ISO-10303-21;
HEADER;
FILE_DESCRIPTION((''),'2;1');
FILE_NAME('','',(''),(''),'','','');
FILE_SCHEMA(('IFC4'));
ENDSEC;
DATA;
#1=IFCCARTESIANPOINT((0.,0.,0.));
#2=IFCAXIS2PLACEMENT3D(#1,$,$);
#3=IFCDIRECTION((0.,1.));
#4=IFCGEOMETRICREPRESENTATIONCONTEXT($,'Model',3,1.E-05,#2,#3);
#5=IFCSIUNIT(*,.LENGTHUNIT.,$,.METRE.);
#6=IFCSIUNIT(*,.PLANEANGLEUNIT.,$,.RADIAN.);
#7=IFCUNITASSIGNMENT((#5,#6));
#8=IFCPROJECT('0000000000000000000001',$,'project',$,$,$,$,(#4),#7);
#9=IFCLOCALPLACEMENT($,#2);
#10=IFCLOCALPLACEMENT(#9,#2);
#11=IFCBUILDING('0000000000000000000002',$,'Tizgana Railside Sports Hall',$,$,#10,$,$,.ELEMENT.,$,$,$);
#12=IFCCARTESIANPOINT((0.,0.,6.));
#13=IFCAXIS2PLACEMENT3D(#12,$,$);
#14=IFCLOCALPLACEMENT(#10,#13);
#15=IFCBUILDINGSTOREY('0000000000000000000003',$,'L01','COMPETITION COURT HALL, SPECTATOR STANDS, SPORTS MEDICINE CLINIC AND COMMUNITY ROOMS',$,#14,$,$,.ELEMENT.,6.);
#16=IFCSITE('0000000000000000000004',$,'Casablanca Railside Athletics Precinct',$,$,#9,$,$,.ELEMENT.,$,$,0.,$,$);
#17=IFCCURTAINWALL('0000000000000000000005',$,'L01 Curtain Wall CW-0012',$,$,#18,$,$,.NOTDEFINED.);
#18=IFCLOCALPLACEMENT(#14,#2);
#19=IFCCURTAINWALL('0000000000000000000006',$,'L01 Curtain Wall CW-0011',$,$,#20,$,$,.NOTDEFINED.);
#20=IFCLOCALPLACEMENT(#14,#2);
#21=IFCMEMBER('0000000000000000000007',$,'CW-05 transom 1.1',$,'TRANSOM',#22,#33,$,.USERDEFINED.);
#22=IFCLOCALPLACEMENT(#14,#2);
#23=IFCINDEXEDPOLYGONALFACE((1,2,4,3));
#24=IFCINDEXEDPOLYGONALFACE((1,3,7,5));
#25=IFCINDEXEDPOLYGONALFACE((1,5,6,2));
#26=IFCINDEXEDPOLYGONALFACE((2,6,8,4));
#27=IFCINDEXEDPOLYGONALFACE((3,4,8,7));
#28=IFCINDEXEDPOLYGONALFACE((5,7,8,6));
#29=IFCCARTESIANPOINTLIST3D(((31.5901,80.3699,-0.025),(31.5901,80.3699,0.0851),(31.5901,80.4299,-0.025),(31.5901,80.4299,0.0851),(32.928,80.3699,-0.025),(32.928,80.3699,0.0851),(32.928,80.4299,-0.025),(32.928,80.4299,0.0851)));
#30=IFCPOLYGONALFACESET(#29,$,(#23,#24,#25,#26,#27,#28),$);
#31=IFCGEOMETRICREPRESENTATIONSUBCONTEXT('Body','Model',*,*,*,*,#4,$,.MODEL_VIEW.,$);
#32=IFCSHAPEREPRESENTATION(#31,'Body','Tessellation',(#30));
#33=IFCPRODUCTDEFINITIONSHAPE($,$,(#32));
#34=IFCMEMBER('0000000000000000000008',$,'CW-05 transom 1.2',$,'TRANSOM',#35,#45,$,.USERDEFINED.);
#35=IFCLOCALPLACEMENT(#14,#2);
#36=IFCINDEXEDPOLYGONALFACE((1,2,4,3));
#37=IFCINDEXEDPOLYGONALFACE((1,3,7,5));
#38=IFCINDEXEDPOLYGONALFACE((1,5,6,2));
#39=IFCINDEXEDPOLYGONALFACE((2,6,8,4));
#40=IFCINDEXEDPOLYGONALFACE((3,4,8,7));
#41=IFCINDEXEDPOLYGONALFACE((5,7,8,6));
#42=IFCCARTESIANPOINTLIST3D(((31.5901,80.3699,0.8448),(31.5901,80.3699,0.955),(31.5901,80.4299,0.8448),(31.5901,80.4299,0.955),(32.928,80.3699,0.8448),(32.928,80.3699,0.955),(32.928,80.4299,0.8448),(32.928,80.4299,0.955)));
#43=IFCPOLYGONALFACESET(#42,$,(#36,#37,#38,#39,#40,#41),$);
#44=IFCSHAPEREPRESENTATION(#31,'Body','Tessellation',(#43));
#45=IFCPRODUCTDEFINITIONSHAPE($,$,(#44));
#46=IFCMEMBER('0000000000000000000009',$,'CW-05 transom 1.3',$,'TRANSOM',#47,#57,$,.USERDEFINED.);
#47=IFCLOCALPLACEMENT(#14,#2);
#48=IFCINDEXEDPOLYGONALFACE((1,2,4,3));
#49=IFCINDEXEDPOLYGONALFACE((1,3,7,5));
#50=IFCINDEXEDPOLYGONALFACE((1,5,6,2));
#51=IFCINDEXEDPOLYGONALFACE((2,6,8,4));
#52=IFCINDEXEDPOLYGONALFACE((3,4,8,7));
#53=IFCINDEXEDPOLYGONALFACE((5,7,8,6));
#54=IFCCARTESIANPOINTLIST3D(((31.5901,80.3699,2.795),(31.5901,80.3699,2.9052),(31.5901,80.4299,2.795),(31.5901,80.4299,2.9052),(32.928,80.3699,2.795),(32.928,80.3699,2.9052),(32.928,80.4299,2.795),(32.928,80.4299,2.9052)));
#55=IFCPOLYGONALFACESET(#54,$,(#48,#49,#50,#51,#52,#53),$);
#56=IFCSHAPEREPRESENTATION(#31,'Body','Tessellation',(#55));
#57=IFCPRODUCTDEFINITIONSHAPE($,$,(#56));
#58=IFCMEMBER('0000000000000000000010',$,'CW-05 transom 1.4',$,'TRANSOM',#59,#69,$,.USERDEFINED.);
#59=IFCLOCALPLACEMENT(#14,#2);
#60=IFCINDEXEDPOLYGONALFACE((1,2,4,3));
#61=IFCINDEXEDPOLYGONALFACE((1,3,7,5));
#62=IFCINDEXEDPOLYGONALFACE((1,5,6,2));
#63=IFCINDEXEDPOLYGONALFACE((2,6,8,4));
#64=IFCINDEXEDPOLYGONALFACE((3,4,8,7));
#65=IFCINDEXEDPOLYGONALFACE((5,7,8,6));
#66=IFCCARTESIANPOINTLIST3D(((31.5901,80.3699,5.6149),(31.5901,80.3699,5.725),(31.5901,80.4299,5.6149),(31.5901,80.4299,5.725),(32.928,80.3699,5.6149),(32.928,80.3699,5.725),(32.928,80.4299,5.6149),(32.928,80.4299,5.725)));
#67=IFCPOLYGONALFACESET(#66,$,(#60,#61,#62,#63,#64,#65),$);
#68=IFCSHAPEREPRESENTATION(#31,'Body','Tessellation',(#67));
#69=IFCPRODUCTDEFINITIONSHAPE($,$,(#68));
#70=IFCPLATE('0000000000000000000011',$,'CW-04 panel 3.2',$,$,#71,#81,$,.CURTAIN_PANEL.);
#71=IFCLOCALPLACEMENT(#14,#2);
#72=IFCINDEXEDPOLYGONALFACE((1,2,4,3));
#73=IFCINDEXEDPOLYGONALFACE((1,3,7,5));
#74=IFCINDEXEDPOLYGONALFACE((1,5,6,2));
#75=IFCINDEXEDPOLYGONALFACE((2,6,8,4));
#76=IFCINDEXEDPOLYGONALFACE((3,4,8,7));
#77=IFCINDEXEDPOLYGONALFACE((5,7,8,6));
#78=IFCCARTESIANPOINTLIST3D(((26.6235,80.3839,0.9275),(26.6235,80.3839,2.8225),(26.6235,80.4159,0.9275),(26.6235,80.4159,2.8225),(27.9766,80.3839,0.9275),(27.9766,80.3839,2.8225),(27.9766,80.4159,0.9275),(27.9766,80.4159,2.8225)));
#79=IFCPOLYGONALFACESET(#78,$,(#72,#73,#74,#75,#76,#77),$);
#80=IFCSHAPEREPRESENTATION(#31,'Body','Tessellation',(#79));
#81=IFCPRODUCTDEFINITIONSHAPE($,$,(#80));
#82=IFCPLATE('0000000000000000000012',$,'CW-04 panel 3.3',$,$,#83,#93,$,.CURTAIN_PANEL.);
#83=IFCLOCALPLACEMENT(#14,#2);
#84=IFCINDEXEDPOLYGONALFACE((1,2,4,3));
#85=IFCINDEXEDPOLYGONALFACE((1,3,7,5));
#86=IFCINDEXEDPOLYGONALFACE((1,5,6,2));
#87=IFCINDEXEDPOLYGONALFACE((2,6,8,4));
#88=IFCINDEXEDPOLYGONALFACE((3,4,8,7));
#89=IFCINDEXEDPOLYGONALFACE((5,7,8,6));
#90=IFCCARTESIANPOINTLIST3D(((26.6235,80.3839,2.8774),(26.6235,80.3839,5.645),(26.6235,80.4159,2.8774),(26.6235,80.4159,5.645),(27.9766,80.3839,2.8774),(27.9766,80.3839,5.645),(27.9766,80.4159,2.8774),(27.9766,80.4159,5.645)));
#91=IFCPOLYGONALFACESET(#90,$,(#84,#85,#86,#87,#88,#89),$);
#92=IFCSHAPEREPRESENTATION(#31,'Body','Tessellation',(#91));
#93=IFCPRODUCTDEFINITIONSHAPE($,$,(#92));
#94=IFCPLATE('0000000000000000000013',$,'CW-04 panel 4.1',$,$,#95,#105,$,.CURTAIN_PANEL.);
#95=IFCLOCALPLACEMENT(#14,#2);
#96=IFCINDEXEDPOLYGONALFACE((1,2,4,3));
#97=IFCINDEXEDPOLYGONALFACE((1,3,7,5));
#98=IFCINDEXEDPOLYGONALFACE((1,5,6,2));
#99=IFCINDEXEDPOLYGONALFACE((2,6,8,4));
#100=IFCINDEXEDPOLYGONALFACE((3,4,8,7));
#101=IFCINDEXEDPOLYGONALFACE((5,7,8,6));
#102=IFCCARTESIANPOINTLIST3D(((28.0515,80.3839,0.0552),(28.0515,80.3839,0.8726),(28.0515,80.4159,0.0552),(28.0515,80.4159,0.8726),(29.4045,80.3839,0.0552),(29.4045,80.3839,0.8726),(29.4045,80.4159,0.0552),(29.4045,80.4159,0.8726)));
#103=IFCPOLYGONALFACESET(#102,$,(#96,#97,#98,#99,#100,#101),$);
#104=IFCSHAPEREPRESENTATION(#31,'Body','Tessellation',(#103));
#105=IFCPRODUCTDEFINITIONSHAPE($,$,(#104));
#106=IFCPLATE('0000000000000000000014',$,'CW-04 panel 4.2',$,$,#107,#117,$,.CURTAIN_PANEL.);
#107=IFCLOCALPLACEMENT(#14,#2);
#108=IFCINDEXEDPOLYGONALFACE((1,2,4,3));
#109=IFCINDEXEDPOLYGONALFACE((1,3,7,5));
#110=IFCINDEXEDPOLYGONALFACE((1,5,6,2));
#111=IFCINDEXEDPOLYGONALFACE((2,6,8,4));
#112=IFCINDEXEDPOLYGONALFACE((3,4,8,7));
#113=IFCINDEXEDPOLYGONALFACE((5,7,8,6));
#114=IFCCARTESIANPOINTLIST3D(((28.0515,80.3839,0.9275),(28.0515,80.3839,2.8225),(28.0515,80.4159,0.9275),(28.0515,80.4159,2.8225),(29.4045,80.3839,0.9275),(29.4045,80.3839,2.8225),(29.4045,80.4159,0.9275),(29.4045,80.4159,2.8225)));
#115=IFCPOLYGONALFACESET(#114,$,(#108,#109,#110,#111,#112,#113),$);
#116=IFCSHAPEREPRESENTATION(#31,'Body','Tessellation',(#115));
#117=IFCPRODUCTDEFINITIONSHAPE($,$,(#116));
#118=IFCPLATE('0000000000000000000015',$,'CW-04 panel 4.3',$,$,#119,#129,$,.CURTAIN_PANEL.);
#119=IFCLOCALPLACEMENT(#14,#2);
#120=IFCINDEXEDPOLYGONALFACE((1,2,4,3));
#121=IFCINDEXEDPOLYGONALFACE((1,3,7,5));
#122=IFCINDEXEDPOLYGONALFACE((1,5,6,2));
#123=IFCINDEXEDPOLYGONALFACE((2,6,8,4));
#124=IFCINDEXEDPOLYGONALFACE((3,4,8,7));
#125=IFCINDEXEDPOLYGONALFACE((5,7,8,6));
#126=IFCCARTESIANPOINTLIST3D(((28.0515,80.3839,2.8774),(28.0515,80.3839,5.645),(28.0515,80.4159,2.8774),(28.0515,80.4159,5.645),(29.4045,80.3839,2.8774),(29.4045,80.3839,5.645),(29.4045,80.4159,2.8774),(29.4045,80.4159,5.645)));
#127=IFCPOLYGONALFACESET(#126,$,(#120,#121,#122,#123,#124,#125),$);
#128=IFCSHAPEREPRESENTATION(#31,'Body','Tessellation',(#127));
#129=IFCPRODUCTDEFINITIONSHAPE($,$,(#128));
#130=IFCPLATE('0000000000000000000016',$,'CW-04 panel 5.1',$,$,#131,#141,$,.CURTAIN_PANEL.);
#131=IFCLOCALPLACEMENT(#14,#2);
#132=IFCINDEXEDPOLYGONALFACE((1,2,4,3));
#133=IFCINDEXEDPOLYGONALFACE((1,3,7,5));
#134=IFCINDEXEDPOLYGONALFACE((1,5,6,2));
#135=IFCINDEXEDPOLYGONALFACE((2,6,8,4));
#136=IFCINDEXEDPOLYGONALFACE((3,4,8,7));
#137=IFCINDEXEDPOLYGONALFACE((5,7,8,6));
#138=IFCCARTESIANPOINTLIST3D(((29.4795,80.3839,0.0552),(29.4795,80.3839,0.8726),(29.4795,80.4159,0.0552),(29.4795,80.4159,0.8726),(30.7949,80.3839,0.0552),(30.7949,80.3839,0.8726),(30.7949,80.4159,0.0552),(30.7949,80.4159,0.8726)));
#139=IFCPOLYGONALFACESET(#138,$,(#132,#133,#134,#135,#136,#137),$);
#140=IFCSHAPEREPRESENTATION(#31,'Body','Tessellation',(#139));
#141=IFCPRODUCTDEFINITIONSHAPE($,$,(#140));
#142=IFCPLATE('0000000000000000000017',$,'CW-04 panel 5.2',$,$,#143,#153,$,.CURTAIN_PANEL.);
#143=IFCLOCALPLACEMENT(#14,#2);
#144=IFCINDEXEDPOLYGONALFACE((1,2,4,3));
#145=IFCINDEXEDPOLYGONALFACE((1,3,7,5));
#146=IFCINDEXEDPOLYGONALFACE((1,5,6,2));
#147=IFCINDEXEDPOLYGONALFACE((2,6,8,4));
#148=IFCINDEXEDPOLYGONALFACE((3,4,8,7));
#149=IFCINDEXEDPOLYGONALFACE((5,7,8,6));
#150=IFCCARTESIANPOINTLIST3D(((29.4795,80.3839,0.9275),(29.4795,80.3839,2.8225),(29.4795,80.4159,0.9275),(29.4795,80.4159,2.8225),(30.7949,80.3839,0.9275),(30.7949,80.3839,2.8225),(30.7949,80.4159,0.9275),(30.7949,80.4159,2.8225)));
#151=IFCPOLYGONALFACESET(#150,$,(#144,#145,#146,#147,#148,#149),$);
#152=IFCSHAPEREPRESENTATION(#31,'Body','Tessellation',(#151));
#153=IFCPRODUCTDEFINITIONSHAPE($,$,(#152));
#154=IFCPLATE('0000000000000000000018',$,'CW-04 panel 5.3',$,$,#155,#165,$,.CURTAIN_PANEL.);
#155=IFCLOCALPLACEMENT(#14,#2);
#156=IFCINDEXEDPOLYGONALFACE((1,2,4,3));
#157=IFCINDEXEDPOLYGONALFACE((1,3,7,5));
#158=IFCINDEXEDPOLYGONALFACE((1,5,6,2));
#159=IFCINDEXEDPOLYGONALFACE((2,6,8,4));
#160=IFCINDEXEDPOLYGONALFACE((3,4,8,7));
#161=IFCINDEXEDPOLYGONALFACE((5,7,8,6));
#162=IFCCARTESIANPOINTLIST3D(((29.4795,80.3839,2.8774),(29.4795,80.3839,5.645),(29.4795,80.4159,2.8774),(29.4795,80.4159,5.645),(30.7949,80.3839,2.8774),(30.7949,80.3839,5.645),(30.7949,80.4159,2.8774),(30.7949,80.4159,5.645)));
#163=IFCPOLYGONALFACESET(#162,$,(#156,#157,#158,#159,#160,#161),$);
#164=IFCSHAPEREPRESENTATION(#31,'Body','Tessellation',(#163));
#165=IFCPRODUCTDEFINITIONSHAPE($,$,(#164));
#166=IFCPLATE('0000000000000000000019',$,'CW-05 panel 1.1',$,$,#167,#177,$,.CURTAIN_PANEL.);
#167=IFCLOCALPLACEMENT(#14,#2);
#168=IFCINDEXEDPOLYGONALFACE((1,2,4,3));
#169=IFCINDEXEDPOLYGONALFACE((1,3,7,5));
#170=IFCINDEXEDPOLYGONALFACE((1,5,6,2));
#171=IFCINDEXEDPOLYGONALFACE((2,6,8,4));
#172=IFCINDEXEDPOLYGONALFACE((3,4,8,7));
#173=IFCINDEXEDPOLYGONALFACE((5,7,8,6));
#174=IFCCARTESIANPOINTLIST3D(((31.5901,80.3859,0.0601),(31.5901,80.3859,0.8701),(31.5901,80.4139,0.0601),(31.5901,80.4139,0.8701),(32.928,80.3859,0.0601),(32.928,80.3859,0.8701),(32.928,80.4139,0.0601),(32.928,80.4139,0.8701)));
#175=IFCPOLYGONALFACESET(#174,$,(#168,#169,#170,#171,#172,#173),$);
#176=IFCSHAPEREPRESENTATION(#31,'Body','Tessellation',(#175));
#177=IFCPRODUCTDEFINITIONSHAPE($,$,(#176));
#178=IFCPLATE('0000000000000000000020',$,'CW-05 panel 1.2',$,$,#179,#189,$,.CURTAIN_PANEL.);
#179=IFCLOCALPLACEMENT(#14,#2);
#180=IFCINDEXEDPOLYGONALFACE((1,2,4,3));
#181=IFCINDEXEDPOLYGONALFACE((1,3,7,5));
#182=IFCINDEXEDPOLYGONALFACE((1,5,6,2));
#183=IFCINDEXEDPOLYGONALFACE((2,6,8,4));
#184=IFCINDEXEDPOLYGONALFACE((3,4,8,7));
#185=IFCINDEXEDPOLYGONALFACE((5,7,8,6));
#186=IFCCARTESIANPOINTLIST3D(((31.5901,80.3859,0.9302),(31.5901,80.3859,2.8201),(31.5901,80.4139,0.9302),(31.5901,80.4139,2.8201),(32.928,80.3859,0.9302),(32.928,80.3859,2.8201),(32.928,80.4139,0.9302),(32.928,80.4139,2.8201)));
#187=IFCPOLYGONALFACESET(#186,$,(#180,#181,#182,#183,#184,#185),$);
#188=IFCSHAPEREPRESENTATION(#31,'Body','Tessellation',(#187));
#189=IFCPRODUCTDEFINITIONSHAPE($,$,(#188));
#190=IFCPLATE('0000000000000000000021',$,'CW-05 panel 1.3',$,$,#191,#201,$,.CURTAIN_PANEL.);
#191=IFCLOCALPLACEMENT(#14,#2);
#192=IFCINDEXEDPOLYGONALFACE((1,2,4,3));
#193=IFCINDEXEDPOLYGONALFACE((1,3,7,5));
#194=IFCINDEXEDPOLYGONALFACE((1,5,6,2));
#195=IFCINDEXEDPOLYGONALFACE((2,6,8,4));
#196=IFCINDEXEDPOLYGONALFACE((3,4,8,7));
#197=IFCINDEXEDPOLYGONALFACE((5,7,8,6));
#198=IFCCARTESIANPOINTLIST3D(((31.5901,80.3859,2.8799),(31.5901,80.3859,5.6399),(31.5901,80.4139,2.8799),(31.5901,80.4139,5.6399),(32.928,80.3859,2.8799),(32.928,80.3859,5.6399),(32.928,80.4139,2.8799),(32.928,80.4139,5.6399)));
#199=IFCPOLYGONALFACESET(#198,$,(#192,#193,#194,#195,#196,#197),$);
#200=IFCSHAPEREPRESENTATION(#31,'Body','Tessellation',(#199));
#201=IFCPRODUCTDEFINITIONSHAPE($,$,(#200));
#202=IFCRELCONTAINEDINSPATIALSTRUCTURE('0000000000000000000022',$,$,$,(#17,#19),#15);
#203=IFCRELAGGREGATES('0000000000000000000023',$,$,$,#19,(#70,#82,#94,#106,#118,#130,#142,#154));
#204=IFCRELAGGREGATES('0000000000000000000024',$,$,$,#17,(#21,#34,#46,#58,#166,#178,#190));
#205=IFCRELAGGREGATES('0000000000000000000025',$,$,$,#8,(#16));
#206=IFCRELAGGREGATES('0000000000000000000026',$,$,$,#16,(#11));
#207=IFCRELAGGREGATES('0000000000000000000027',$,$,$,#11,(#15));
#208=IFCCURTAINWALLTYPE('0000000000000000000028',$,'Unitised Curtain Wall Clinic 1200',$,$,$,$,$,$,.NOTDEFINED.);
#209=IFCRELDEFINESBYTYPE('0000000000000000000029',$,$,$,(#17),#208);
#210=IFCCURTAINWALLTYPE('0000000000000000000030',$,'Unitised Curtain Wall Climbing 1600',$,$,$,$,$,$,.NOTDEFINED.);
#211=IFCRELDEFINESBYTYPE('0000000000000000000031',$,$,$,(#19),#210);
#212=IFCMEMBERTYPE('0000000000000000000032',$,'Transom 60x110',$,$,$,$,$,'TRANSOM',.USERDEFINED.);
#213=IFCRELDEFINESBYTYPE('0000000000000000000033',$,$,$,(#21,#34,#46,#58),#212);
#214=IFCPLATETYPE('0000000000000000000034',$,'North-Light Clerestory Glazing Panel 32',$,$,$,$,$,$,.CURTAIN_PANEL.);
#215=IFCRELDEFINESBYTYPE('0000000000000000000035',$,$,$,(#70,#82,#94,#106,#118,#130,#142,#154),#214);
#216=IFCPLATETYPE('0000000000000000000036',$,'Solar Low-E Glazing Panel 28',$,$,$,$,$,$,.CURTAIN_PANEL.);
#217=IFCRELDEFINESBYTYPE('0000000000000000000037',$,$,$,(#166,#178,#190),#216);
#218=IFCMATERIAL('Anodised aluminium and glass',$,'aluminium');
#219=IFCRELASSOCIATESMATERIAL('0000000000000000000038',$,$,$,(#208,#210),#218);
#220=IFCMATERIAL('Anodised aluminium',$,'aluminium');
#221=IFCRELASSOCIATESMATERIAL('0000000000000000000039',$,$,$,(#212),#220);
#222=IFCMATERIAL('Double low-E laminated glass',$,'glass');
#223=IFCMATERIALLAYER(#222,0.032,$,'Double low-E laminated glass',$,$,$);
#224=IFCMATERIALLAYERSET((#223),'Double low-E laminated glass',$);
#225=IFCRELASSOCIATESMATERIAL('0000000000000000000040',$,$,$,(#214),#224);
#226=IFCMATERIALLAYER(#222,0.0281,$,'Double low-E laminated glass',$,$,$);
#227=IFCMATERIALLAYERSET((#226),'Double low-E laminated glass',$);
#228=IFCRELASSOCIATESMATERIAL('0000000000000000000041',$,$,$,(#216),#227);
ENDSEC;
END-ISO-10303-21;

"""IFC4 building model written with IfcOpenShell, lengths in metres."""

from ifc_helpers import new_model, si_unit, direction, frame, origin, origin_2d, place, context, subcontext, project, spatial, rectangle, extrude, material, layer, layer_set, material_profile, profile_set, type_object, element, aggregate, save


model = new_model("IFC4")

# Units and contexts
model_context = context("Model", 3, precision=1e-05, world=origin(), true_north=direction((0.0, 1.0)))
body_context = subcontext(model_context, "Body", "Model", "MODEL_VIEW")
ifc_project = project(units=[si_unit("LENGTHUNIT", "METRE"), si_unit("PLANEANGLEUNIT", "RADIAN")], contexts=[model_context])

# Site, building, storey
site_placement = place(None, origin())
site = spatial("IfcSite", under=ifc_project, at=site_placement, Name="Casablanca Railside Athletics Precinct", CompositionType="ELEMENT", RefElevation=0.0)
building_placement = place(site_placement, origin())
building = spatial("IfcBuilding", under=site, at=building_placement, Name="Tizgana Railside Sports Hall", CompositionType="ELEMENT")
storey_placement = place(building_placement, frame((0.0, 0.0, 6.0)))
storey = spatial("IfcBuildingStorey", under=building, at=storey_placement, Name="L01", Description="COMPETITION COURT HALL, SPECTATOR STANDS, SPORTS MEDICINE CLINIC AND COMMUNITY ROOMS", CompositionType="ELEMENT", Elevation=6.0)

# Curtain walls
ifc_material_1 = material(Name="Anodised aluminium and glass", Category="aluminium")
curtain_wall_type_1 = type_object("IfcCurtainWallType", Name="Unitised Curtain Wall Clinic 1200", PredefinedType="NOTDEFINED", material=ifc_material_1)
curtain_wall_1_placement = place(storey_placement, origin())
curtain_wall_1 = element("IfcCurtainWall", 1, at=curtain_wall_1_placement, inside=storey, type_object=curtain_wall_type_1, Name="L01 Curtain Wall CW-0012", PredefinedType="NOTDEFINED")
ifc_material_2 = material(Name="Anodised aluminium", Category="aluminium")
curtain_wall_type_2 = type_object("IfcCurtainWallType", Name="Unitised Curtain Wall Climbing 1600", PredefinedType="NOTDEFINED", material=ifc_material_1)
curtain_wall_2_placement = place(storey_placement, origin())
curtain_wall_2 = element("IfcCurtainWall", 2, at=curtain_wall_2_placement, inside=storey, type_object=curtain_wall_type_2, Name="L01 Curtain Wall CW-0011", PredefinedType="NOTDEFINED")

# Members
ifc_material_profile_1 = material_profile(ifc_material_2, rectangle(XDim=0.0601, YDim=0.1101, at=origin_2d()), Name="Transom 60x110")
ifc_profile_set_1 = profile_set([ifc_material_profile_1], Name="Anodised aluminium")
member_type_1 = type_object("IfcMemberType", Name="Transom 60x110", ElementType="TRANSOM", PredefinedType="USERDEFINED", material=ifc_profile_set_1)
member_1_placement = place(storey_placement, frame((31.5901, 80.3999, 0.03), z_axis=(1.0, 0.0, 0.0), x_axis=(0.0, 1.0, 0.0)))
member_1 = element("IfcMember", 3, at=member_1_placement, type_object=member_type_1, Name="CW-05 transom 1.1", ObjectType="TRANSOM", PredefinedType="USERDEFINED", context=body_context, shape_type="SweptSolid", body=[
    extrude(rectangle(XDim=0.0601, YDim=0.1101, at=origin_2d()), origin(), (0.0, 0.0, 1.0), 1.3379),
])
member_2_placement = place(storey_placement, frame((31.5901, 80.3999, 0.8999), z_axis=(1.0, 0.0, 0.0), x_axis=(0.0, 1.0, 0.0)))
member_2 = element("IfcMember", 4, at=member_2_placement, type_object=member_type_1, Name="CW-05 transom 1.2", ObjectType="TRANSOM", PredefinedType="USERDEFINED", context=body_context, shape_type="SweptSolid", body=[
    extrude(rectangle(XDim=0.0601, YDim=0.1101, at=origin_2d()), origin(), (0.0, 0.0, 1.0), 1.3379),
])
member_3_placement = place(storey_placement, frame((31.5901, 80.3999, 2.8501), z_axis=(1.0, 0.0, 0.0), x_axis=(0.0, 1.0, 0.0)))
member_3 = element("IfcMember", 5, at=member_3_placement, type_object=member_type_1, Name="CW-05 transom 1.3", ObjectType="TRANSOM", PredefinedType="USERDEFINED", context=body_context, shape_type="SweptSolid", body=[
    extrude(rectangle(XDim=0.0601, YDim=0.1101, at=origin_2d()), origin(), (0.0, 0.0, 1.0), 1.3379),
])
member_4_placement = place(storey_placement, frame((31.5901, 80.3999, 5.6699), z_axis=(1.0, 0.0, 0.0), x_axis=(0.0, 1.0, 0.0)))
member_4 = element("IfcMember", 6, at=member_4_placement, type_object=member_type_1, Name="CW-05 transom 1.4", ObjectType="TRANSOM", PredefinedType="USERDEFINED", context=body_context, shape_type="SweptSolid", body=[
    extrude(rectangle(XDim=0.0601, YDim=0.1101, at=origin_2d()), origin(), (0.0, 0.0, 1.0), 1.3379),
])

# Plates
ifc_material_3 = material(Name="Double low-E laminated glass", Category="glass")
ifc_layer_1 = layer(ifc_material_3, 0.032, Name="Double low-E laminated glass")
ifc_layer_set_1 = layer_set([ifc_layer_1], Name="Double low-E laminated glass")
plate_type_1 = type_object("IfcPlateType", Name="North-Light Clerestory Glazing Panel 32", PredefinedType="CURTAIN_PANEL", material=ifc_layer_set_1)
plate_1_placement = place(storey_placement, frame((27.3, 80.3999, 0.9275), z_axis=(0.0, 0.0, 1.0), x_axis=(1.0, 0.0, 0.0)))
plate_1 = element("IfcPlate", 7, at=plate_1_placement, type_object=plate_type_1, Name="CW-04 panel 3.2", PredefinedType="CURTAIN_PANEL", context=body_context, shape_type="SweptSolid", body=[
    extrude(rectangle(XDim=1.353, YDim=0.032, at=origin_2d()), origin(), (0.0, 0.0, 1.0), 1.895),
])
plate_2_placement = place(storey_placement, frame((27.3, 80.3999, 2.8774), z_axis=(0.0, 0.0, 1.0), x_axis=(1.0, 0.0, 0.0)))
plate_2 = element("IfcPlate", 8, at=plate_2_placement, type_object=plate_type_1, Name="CW-04 panel 3.3", PredefinedType="CURTAIN_PANEL", context=body_context, shape_type="SweptSolid", body=[
    extrude(rectangle(XDim=1.353, YDim=0.032, at=origin_2d()), origin(), (0.0, 0.0, 1.0), 2.7676),
])
plate_3_placement = place(storey_placement, frame((28.728, 80.3999, 0.0552), z_axis=(0.0, 0.0, 1.0), x_axis=(1.0, 0.0, 0.0)))
plate_3 = element("IfcPlate", 9, at=plate_3_placement, type_object=plate_type_1, Name="CW-04 panel 4.1", PredefinedType="CURTAIN_PANEL", context=body_context, shape_type="SweptSolid", body=[
    extrude(rectangle(XDim=1.353, YDim=0.032, at=origin_2d()), origin(), (0.0, 0.0, 1.0), 0.8174),
])
plate_4_placement = place(storey_placement, frame((28.728, 80.3999, 0.9275), z_axis=(0.0, 0.0, 1.0), x_axis=(1.0, 0.0, 0.0)))
plate_4 = element("IfcPlate", 10, at=plate_4_placement, type_object=plate_type_1, Name="CW-04 panel 4.2", PredefinedType="CURTAIN_PANEL", context=body_context, shape_type="SweptSolid", body=[
    extrude(rectangle(XDim=1.353, YDim=0.032, at=origin_2d()), origin(), (0.0, 0.0, 1.0), 1.895),
])
plate_5_placement = place(storey_placement, frame((28.728, 80.3999, 2.8774), z_axis=(0.0, 0.0, 1.0), x_axis=(1.0, 0.0, 0.0)))
plate_5 = element("IfcPlate", 11, at=plate_5_placement, type_object=plate_type_1, Name="CW-04 panel 4.3", PredefinedType="CURTAIN_PANEL", context=body_context, shape_type="SweptSolid", body=[
    extrude(rectangle(XDim=1.353, YDim=0.032, at=origin_2d()), origin(), (0.0, 0.0, 1.0), 2.7676),
])
plate_6_placement = place(storey_placement, frame((30.1372, 80.3999, 0.0552), z_axis=(0.0, 0.0, 1.0), x_axis=(1.0, 0.0, 0.0)))
plate_6 = element("IfcPlate", 12, at=plate_6_placement, type_object=plate_type_1, Name="CW-04 panel 5.1", PredefinedType="CURTAIN_PANEL", context=body_context, shape_type="SweptSolid", body=[
    extrude(rectangle(XDim=1.3154, YDim=0.032, at=origin_2d()), origin(), (0.0, 0.0, 1.0), 0.8174),
])
plate_7_placement = place(storey_placement, frame((30.1372, 80.3999, 0.9275), z_axis=(0.0, 0.0, 1.0), x_axis=(1.0, 0.0, 0.0)))
plate_7 = element("IfcPlate", 13, at=plate_7_placement, type_object=plate_type_1, Name="CW-04 panel 5.2", PredefinedType="CURTAIN_PANEL", context=body_context, shape_type="SweptSolid", body=[
    extrude(rectangle(XDim=1.3154, YDim=0.032, at=origin_2d()), origin(), (0.0, 0.0, 1.0), 1.895),
])
plate_8_placement = place(storey_placement, frame((30.1372, 80.3999, 2.8774), z_axis=(0.0, 0.0, 1.0), x_axis=(1.0, 0.0, 0.0)))
plate_8 = element("IfcPlate", 14, at=plate_8_placement, type_object=plate_type_1, Name="CW-04 panel 5.3", PredefinedType="CURTAIN_PANEL", context=body_context, shape_type="SweptSolid", body=[
    extrude(rectangle(XDim=1.3154, YDim=0.032, at=origin_2d()), origin(), (0.0, 0.0, 1.0), 2.7676),
])
aggregate(curtain_wall_2, [plate_1, plate_2, plate_3, plate_4, plate_5, plate_6, plate_7, plate_8])
ifc_layer_2 = layer(ifc_material_3, 0.0281, Name="Double low-E laminated glass")
ifc_layer_set_2 = layer_set([ifc_layer_2], Name="Double low-E laminated glass")
plate_type_2 = type_object("IfcPlateType", Name="Solar Low-E Glazing Panel 28", PredefinedType="CURTAIN_PANEL", material=ifc_layer_set_2)
plate_9_placement = place(storey_placement, frame((32.259, 80.3999, 0.0601), z_axis=(0.0, 0.0, 1.0), x_axis=(1.0, 0.0, 0.0)))
plate_9 = element("IfcPlate", 15, at=plate_9_placement, type_object=plate_type_2, Name="CW-05 panel 1.1", PredefinedType="CURTAIN_PANEL", context=body_context, shape_type="SweptSolid", body=[
    extrude(rectangle(XDim=1.3379, YDim=0.0281, at=origin_2d()), origin(), (0.0, 0.0, 1.0), 0.8101),
])
plate_10_placement = place(storey_placement, frame((32.259, 80.3999, 0.9302), z_axis=(0.0, 0.0, 1.0), x_axis=(1.0, 0.0, 0.0)))
plate_10 = element("IfcPlate", 16, at=plate_10_placement, type_object=plate_type_2, Name="CW-05 panel 1.2", PredefinedType="CURTAIN_PANEL", context=body_context, shape_type="SweptSolid", body=[
    extrude(rectangle(XDim=1.3379, YDim=0.0281, at=origin_2d()), origin(), (0.0, 0.0, 1.0), 1.8899),
])
plate_11_placement = place(storey_placement, frame((32.259, 80.3999, 2.8799), z_axis=(0.0, 0.0, 1.0), x_axis=(1.0, 0.0, 0.0)))
plate_11 = element("IfcPlate", 17, at=plate_11_placement, type_object=plate_type_2, Name="CW-05 panel 1.3", PredefinedType="CURTAIN_PANEL", context=body_context, shape_type="SweptSolid", body=[
    extrude(rectangle(XDim=1.3379, YDim=0.0281, at=origin_2d()), origin(), (0.0, 0.0, 1.0), 2.76),
])
aggregate(curtain_wall_1, [member_1, member_2, member_3, member_4, plate_9, plate_10, plate_11])

save(model, "model.ifc")
